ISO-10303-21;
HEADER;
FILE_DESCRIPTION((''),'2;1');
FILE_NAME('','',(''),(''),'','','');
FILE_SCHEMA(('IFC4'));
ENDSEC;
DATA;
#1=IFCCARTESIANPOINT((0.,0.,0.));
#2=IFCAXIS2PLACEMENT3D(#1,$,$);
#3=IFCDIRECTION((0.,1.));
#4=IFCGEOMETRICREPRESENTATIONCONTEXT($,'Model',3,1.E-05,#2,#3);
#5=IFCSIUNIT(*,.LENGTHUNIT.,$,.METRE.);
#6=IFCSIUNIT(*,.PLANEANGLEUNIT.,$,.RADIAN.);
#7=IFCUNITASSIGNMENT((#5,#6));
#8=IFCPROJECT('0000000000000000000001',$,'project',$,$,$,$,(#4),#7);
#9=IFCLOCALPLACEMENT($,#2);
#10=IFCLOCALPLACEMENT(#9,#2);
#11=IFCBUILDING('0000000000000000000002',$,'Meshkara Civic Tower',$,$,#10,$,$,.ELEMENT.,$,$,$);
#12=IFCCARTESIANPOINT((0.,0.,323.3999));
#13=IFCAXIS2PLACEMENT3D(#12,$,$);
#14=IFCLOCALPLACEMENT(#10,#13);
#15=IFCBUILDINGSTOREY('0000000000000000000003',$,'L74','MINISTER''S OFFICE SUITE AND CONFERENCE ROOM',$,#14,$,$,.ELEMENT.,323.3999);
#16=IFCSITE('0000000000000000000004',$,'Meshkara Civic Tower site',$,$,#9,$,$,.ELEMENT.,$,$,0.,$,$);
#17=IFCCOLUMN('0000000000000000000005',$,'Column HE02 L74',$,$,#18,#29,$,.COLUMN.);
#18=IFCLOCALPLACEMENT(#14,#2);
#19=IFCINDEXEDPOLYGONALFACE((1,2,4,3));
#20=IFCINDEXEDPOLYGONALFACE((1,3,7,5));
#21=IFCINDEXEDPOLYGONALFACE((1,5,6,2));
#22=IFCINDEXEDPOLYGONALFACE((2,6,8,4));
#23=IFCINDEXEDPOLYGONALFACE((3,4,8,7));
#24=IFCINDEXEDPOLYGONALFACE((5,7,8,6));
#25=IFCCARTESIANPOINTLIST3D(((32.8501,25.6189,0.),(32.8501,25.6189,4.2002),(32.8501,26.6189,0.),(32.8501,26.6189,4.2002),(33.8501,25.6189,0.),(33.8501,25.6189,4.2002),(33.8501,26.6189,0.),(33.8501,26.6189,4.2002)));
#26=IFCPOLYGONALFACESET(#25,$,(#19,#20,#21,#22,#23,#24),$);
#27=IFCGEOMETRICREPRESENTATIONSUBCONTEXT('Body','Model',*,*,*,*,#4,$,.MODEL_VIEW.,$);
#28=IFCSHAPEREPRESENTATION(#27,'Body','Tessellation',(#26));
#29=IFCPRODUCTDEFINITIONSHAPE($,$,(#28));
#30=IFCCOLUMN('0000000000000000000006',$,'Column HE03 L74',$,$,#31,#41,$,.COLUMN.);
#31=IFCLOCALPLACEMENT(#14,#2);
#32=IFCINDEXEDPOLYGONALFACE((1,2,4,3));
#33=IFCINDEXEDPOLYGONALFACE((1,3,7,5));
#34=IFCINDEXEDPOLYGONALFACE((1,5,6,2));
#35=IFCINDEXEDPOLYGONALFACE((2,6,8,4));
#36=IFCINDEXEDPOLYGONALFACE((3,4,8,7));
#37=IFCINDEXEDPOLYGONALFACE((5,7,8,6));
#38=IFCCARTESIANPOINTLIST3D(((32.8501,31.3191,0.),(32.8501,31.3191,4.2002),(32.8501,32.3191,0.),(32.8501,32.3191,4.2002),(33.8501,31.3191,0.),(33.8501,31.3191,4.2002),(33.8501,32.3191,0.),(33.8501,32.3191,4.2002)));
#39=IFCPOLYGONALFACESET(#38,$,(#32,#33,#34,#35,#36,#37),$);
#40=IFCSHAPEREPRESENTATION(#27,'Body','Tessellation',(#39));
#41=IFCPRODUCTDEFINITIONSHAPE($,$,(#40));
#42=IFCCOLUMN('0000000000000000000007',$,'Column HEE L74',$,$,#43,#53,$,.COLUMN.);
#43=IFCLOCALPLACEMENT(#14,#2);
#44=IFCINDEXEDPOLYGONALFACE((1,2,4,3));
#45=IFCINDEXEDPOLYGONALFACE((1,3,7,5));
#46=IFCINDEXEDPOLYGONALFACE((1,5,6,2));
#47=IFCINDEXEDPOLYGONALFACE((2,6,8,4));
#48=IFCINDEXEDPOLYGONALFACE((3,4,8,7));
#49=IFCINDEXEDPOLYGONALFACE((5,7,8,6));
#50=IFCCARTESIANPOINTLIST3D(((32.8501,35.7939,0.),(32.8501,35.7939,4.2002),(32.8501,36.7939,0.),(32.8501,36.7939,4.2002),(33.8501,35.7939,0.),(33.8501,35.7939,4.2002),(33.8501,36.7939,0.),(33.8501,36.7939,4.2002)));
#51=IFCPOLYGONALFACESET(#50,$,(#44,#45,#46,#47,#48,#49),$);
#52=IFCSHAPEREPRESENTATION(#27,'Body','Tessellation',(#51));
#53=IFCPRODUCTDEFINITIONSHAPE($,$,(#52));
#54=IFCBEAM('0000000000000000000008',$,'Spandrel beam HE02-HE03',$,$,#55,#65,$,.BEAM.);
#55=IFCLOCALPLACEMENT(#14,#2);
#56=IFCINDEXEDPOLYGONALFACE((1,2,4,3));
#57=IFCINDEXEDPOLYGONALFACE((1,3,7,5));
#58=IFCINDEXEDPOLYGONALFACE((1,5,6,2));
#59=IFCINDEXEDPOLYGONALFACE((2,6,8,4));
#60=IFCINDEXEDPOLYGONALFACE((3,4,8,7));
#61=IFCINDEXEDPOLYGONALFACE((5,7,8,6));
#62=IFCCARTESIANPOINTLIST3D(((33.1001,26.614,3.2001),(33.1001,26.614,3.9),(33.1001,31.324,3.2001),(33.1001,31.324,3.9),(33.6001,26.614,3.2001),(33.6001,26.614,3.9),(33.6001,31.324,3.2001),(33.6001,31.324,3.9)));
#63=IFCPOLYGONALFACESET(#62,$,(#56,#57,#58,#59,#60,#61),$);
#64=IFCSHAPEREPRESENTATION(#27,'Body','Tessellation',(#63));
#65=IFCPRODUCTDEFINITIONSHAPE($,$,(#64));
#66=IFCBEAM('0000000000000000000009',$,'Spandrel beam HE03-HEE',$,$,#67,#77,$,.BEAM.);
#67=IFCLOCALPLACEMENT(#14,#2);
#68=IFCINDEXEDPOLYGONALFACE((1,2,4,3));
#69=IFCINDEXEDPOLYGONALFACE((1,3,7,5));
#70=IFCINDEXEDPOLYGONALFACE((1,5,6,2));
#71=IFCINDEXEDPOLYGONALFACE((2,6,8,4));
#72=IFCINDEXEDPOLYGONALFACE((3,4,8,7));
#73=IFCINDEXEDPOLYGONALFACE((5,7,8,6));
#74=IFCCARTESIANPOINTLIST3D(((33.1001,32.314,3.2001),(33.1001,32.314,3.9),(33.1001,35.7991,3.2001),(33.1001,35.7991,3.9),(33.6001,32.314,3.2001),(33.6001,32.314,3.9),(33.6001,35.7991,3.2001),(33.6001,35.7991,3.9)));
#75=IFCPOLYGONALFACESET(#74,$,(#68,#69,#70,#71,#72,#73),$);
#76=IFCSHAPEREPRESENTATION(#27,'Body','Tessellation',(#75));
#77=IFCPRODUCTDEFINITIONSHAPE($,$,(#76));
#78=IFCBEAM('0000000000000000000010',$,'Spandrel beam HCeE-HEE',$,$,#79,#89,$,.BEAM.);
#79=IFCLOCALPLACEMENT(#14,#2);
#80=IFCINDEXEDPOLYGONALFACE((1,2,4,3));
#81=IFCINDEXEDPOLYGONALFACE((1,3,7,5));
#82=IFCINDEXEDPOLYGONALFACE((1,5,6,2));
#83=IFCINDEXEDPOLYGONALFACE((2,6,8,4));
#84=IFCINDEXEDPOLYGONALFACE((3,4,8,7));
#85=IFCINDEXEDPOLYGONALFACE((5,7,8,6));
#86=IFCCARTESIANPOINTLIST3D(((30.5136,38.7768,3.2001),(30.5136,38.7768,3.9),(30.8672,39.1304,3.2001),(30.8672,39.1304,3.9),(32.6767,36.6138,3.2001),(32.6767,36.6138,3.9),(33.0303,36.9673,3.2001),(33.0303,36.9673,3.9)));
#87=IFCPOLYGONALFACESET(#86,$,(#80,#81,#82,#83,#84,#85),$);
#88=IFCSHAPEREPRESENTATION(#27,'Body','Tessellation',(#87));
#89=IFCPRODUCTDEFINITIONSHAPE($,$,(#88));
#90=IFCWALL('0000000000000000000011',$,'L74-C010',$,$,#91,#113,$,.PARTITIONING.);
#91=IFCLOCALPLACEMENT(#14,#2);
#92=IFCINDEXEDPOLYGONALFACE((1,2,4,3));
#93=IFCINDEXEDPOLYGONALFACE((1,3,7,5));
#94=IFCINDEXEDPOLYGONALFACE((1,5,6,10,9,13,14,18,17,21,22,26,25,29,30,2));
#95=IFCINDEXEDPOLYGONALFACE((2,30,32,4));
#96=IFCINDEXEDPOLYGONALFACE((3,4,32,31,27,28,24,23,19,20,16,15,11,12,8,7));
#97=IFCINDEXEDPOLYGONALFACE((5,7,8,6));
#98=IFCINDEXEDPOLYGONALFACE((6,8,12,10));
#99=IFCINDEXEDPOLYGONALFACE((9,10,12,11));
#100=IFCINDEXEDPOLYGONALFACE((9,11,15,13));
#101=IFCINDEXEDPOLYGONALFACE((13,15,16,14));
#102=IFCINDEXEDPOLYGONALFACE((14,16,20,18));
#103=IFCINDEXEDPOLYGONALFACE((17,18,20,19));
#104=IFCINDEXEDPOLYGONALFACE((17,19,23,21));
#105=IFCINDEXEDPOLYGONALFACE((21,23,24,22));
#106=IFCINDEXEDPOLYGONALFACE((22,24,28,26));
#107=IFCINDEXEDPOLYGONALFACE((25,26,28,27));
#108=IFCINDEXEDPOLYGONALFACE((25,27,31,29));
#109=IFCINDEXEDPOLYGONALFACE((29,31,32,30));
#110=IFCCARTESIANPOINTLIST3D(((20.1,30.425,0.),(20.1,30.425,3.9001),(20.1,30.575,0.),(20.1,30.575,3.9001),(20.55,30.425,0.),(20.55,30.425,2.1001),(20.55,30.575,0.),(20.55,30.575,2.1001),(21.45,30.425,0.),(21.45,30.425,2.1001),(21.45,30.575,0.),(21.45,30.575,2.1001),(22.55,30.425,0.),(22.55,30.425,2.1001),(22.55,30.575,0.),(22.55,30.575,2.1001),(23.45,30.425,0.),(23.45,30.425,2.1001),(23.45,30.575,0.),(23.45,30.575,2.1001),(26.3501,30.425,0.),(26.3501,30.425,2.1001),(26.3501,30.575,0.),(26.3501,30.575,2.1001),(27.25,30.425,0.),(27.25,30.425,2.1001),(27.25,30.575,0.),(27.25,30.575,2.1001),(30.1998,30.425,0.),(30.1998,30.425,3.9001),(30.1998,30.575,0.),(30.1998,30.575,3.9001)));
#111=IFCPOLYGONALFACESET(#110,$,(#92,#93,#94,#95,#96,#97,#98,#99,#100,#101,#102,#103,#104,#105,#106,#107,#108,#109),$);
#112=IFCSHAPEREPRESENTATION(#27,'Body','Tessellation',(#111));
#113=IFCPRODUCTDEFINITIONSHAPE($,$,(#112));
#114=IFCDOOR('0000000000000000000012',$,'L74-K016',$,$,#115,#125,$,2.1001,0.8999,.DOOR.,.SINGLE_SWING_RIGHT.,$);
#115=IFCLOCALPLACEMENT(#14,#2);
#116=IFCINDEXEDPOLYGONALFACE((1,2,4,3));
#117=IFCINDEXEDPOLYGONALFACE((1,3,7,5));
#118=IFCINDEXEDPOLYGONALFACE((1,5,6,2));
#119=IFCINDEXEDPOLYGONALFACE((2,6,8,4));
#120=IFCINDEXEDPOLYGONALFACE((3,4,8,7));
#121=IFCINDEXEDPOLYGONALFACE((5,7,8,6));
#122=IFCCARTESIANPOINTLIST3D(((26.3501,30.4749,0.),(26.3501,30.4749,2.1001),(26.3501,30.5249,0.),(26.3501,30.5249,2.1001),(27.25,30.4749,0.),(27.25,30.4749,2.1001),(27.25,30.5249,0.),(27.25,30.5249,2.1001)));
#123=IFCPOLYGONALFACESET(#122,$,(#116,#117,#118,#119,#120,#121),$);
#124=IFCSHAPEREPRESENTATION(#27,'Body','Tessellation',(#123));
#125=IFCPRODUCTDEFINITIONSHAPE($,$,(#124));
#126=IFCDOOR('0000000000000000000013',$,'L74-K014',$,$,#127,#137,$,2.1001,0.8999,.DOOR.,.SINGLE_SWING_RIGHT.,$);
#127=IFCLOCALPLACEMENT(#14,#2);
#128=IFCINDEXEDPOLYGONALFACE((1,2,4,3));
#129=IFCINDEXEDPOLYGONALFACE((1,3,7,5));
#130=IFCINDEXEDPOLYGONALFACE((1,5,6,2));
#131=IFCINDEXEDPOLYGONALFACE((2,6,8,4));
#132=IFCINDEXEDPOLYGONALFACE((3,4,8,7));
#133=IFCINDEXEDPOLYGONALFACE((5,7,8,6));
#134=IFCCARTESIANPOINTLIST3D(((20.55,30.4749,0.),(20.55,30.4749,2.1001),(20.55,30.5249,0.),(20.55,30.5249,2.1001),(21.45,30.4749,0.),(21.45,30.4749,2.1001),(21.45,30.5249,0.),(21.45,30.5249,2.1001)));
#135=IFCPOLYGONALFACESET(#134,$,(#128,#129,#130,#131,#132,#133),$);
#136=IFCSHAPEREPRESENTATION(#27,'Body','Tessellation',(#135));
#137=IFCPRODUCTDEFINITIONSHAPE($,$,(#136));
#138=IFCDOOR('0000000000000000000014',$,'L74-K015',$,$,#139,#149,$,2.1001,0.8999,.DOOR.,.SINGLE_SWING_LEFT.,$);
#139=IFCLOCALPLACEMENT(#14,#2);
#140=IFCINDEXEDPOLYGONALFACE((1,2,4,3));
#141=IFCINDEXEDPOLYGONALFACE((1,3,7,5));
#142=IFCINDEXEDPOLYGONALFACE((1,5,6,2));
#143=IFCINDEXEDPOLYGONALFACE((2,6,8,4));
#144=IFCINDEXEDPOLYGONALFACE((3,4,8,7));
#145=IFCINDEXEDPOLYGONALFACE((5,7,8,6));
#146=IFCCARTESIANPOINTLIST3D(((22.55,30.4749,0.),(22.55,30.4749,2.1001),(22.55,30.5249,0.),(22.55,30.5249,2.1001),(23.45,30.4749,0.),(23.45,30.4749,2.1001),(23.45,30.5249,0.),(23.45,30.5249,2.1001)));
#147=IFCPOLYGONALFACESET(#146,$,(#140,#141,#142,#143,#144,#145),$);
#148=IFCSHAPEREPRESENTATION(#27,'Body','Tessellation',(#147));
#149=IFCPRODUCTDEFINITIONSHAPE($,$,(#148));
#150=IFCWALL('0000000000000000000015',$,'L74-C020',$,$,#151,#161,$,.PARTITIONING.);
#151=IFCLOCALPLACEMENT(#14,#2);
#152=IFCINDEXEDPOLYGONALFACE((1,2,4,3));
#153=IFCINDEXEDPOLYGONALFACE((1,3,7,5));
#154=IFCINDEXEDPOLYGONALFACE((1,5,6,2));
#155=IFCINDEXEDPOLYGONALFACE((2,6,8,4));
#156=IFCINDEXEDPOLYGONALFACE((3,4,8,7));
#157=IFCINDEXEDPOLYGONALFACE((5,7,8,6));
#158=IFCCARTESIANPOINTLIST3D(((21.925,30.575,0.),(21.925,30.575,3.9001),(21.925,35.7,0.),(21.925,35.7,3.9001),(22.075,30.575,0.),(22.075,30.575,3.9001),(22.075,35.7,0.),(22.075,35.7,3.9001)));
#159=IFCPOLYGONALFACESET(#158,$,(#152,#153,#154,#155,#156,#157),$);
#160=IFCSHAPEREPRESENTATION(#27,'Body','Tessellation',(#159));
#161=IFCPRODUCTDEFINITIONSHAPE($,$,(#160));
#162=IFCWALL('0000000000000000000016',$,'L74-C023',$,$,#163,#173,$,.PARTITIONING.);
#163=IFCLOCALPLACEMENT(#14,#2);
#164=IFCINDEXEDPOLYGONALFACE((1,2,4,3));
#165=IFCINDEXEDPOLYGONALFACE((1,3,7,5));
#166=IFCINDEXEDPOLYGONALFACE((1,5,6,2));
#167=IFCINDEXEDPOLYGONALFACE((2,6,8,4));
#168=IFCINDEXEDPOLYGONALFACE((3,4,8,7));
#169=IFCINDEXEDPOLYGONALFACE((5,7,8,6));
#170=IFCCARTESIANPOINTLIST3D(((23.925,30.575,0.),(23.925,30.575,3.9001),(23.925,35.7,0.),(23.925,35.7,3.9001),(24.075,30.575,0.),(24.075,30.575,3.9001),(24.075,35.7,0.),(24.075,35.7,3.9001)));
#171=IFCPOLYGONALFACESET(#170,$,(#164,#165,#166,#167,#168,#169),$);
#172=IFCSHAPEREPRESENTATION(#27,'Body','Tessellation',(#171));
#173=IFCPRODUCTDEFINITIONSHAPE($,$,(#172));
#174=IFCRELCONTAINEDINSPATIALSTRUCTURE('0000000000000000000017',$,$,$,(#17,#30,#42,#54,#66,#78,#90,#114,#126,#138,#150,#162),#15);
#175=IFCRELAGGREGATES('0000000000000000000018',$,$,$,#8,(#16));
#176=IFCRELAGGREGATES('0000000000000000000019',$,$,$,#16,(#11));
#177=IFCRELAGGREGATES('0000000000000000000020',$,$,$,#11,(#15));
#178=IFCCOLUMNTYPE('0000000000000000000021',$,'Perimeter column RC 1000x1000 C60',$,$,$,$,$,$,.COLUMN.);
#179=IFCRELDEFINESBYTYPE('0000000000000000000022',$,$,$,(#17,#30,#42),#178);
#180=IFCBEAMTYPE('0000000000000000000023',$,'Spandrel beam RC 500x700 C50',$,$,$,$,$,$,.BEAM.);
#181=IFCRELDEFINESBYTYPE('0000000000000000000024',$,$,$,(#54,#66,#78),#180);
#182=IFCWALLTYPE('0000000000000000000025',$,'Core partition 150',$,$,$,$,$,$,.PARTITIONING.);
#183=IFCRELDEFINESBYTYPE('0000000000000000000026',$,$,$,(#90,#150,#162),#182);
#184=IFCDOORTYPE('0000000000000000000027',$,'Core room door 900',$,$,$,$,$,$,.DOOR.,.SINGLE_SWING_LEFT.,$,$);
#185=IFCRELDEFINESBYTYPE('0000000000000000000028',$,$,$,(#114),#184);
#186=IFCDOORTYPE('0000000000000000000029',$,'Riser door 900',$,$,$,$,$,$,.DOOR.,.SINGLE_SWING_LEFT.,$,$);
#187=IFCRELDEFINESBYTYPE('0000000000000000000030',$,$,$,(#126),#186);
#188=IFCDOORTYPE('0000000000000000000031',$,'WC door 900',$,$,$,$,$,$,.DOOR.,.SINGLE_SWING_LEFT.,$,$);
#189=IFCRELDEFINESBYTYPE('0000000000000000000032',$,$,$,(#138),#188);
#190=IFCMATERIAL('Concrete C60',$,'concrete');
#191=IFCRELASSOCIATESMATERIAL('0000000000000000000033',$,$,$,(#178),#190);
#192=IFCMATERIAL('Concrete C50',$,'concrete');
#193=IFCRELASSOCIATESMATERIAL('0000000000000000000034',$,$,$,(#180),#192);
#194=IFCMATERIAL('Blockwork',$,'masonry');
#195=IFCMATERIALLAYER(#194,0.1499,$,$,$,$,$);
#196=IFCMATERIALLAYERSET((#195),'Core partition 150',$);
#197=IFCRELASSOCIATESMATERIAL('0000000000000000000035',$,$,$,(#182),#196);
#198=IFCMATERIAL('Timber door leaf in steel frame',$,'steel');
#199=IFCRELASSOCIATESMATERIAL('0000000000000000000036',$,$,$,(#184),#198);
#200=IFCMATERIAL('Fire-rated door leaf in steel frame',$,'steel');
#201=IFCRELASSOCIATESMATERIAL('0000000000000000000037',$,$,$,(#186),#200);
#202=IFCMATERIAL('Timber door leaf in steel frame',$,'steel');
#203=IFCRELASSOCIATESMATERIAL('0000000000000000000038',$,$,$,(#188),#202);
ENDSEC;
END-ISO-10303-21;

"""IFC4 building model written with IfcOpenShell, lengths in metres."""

from ifc_helpers import new_model, si_unit, direction, frame, frame_2d, origin, origin_2d, place, context, subcontext, project, spatial, rectangle, extrude, material, layer, layer_set, material_profile, profile_set, type_object, element, fill, save


model = new_model("IFC4")

# Units and contexts
model_context = context("Model", 3, precision=1e-05, world=origin(), true_north=direction((0.0, 1.0)))
body_context = subcontext(model_context, "Body", "Model", "MODEL_VIEW")
ifc_project = project(units=[si_unit("LENGTHUNIT", "METRE"), si_unit("PLANEANGLEUNIT", "RADIAN")], contexts=[model_context])

# Site, building, storey
site_placement = place(None, origin())
site = spatial("IfcSite", under=ifc_project, at=site_placement, Name="Meshkara Civic Tower site", CompositionType="ELEMENT", RefElevation=0.0)
building_placement = place(site_placement, origin())
building = spatial("IfcBuilding", under=site, at=building_placement, Name="Meshkara Civic Tower", CompositionType="ELEMENT")
storey_placement = place(building_placement, frame((0.0, 0.0, 323.3999)))
storey = spatial("IfcBuildingStorey", under=building, at=storey_placement, Name="L74", Description="MINISTER'S OFFICE SUITE AND CONFERENCE ROOM", CompositionType="ELEMENT", Elevation=323.3999)

# Columns
ifc_material_1 = material(Name="Concrete C60", Category="concrete")
ifc_material_profile_1 = material_profile(ifc_material_1, rectangle(XDim=1.0, YDim=1.0, at=origin_2d()))
ifc_profile_set_1 = profile_set([ifc_material_profile_1], Name="Concrete C60")
column_type = type_object("IfcColumnType", Name="Perimeter column RC 1000x1000 C60", PredefinedType="COLUMN", material=ifc_profile_set_1)
for number, where, z_axis, x_axis, name in (
    (1, (33.3501, 26.1189, 0.0), (0.0, 0.0, 1.0), (1.0, 0.0, 0.0), "Column HE02 L74"),
    (2, (33.3501, 31.8191, 0.0), (0.0, 0.0, 1.0), (1.0, 0.0, 0.0), "Column HE03 L74"),
    (3, (33.3501, 36.2939, 0.0), (0.0, 0.0, 1.0), (1.0, 0.0, 0.0), "Column HEE L74"),
):
    element("IfcColumn", number, at=place(storey_placement, frame(where, z_axis=z_axis, x_axis=x_axis)), inside=storey, type_object=column_type, Name=name, PredefinedType="COLUMN", context=body_context, shape_type="SweptSolid", body=[
        extrude(rectangle(XDim=1.0, YDim=1.0, at=origin_2d()), origin(), (0.0, 0.0, 1.0), 4.2002),
    ])

# Beams
ifc_material_2 = material(Name="Concrete C50", Category="concrete")
ifc_material_profile_2 = material_profile(ifc_material_2, rectangle(XDim=0.5, YDim=0.7, at=origin_2d()))
ifc_profile_set_2 = profile_set([ifc_material_profile_2], Name="Concrete C50")
beam_type = type_object("IfcBeamType", Name="Spandrel beam RC 500x700 C50", PredefinedType="BEAM", material=ifc_profile_set_2)
beam_1_placement = place(storey_placement, frame((33.3501, 26.614, 3.55), z_axis=(0.0, 1.0, 0.0), x_axis=(-1.0, 0.0, 0.0)))
element("IfcBeam", 4, at=beam_1_placement, inside=storey, type_object=beam_type, Name="Spandrel beam HE02-HE03", PredefinedType="BEAM", context=body_context, shape_type="SweptSolid", body=[
    extrude(rectangle(XDim=0.5, YDim=0.7, at=origin_2d()), origin(), (0.0, 0.0, 1.0), 4.71),
])
beam_2_placement = place(storey_placement, frame((33.3501, 32.314, 3.55), z_axis=(0.0, 1.0, 0.0), x_axis=(-1.0, 0.0, 0.0)))
element("IfcBeam", 5, at=beam_2_placement, inside=storey, type_object=beam_type, Name="Spandrel beam HE03-HEE", PredefinedType="BEAM", context=body_context, shape_type="SweptSolid", body=[
    extrude(rectangle(XDim=0.5, YDim=0.7, at=origin_2d()), origin(), (0.0, 0.0, 1.0), 3.4851),
])
beam_3_placement = place(storey_placement, frame((32.8535, 36.7905, 3.55), z_axis=(-0.707107, 0.707107, 0.0), x_axis=(-0.707107, -0.707107, 0.0)))
element("IfcBeam", 6, at=beam_3_placement, inside=storey, type_object=beam_type, Name="Spandrel beam HCeE-HEE", PredefinedType="BEAM", context=body_context, shape_type="SweptSolid", body=[
    extrude(rectangle(XDim=0.5, YDim=0.7, at=origin_2d()), origin(), (0.0, 0.0, 1.0), 3.0591),
])

# Wall, openings, doors
ifc_material_3 = material(Name="Blockwork", Category="masonry")
ifc_layer_1 = layer(ifc_material_3, 0.1499)
ifc_layer_set_1 = layer_set([ifc_layer_1], Name="Core partition 150")
wall_type_1 = type_object("IfcWallType", Name="Core partition 150", PredefinedType="PARTITIONING", material=ifc_layer_set_1)
wall_1_placement = place(storey_placement, frame((20.1001, 30.5, 0.0), z_axis=(0.0, 0.0, 1.0), x_axis=(1.0, 0.0, 0.0)))
wall_1 = element("IfcWall", 7, at=wall_1_placement, inside=storey, type_object=wall_type_1, Name="L74-C010", PredefinedType="PARTITIONING", context=body_context, shape_type="SweptSolid", body=[
    extrude(rectangle(XDim=10.0999, YDim=0.1499, at=frame_2d((5.0498, 0.0))), origin(), (0.0, 0.0, 1.0), 3.9001),
])
opening_1_placement = place(wall_1_placement, frame((0.45, 0.0, 0.0)))
opening_1 = element("IfcOpeningElement", 8, at=opening_1_placement, cuts=wall_1, PredefinedType="OPENING", context=body_context, shape_type="SweptSolid", body=[
    extrude(rectangle(XDim=0.8999, YDim=2.1001, at=frame_2d((0.45, 1.05))), frame((0.0, 0.085, 0.0), z_axis=(0.0, -1.0, 0.0), x_axis=(1.0, 0.0, 0.0)), (0.0, 0.0, 1.0), 0.1699),
])
opening_2_placement = place(wall_1_placement, frame((2.45, 0.0, 0.0)))
opening_2 = element("IfcOpeningElement", 9, at=opening_2_placement, cuts=wall_1, PredefinedType="OPENING", context=body_context, shape_type="SweptSolid", body=[
    extrude(rectangle(XDim=0.8999, YDim=2.1001, at=frame_2d((0.45, 1.05))), frame((0.0, 0.085, 0.0), z_axis=(0.0, -1.0, 0.0), x_axis=(1.0, 0.0, 0.0)), (0.0, 0.0, 1.0), 0.1699),
])
opening_3_placement = place(wall_1_placement, frame((6.25, 0.0, 0.0)))
opening_3 = element("IfcOpeningElement", 10, at=opening_3_placement, cuts=wall_1, PredefinedType="OPENING", context=body_context, shape_type="SweptSolid", body=[
    extrude(rectangle(XDim=0.8999, YDim=2.1001, at=frame_2d((0.45, 1.05))), frame((0.0, 0.085, 0.0), z_axis=(0.0, -1.0, 0.0), x_axis=(1.0, 0.0, 0.0)), (0.0, 0.0, 1.0), 0.1699),
])
ifc_material_4 = material(Name="Timber door leaf in steel frame", Category="steel")
door_type_1 = type_object("IfcDoorType", Name="Core room door 900", OperationType="SINGLE_SWING_LEFT", PredefinedType="DOOR", material=ifc_material_4)
door_1_placement = place(opening_3_placement, origin())
door_1 = element("IfcDoor", 11, at=door_1_placement, inside=storey, type_object=door_type_1, Name="L74-K016", OperationType="SINGLE_SWING_RIGHT", OverallHeight=2.1001, OverallWidth=0.8999, PredefinedType="DOOR", context=body_context, shape_type="SweptSolid", body=[
    extrude(rectangle(XDim=0.8999, YDim=2.1001, at=frame_2d((0.45, 1.05))), frame((0.0, 0.0249, 0.0), z_axis=(0.0, -1.0, 0.0), x_axis=(1.0, 0.0, 0.0)), (0.0, 0.0, 1.0), 0.05),
])
fill(opening_3, door_1)
ifc_material_5 = material(Name="Fire-rated door leaf in steel frame", Category="steel")
door_type_2 = type_object("IfcDoorType", Name="Riser door 900", OperationType="SINGLE_SWING_LEFT", PredefinedType="DOOR", material=ifc_material_5)
door_2_placement = place(opening_1_placement, origin())
door_2 = element("IfcDoor", 12, at=door_2_placement, inside=storey, type_object=door_type_2, Name="L74-K014", OperationType="SINGLE_SWING_RIGHT", OverallHeight=2.1001, OverallWidth=0.8999, PredefinedType="DOOR", context=body_context, shape_type="SweptSolid", body=[
    extrude(rectangle(XDim=0.8999, YDim=2.1001, at=frame_2d((0.45, 1.05))), frame((0.0, 0.0249, 0.0), z_axis=(0.0, -1.0, 0.0), x_axis=(1.0, 0.0, 0.0)), (0.0, 0.0, 1.0), 0.05),
])
fill(opening_1, door_2)
ifc_material_6 = material(Name="Timber door leaf in steel frame", Category="steel")
door_type_3 = type_object("IfcDoorType", Name="WC door 900", OperationType="SINGLE_SWING_LEFT", PredefinedType="DOOR", material=ifc_material_6)
door_3_placement = place(opening_2_placement, origin())
door_3 = element("IfcDoor", 13, at=door_3_placement, inside=storey, type_object=door_type_3, Name="L74-K015", OperationType="SINGLE_SWING_LEFT", OverallHeight=2.1001, OverallWidth=0.8999, PredefinedType="DOOR", context=body_context, shape_type="SweptSolid", body=[
    extrude(rectangle(XDim=0.8999, YDim=2.1001, at=frame_2d((0.45, 1.05))), frame((0.0, 0.0249, 0.0), z_axis=(0.0, -1.0, 0.0), x_axis=(1.0, 0.0, 0.0)), (0.0, 0.0, 1.0), 0.05),
])
fill(opening_2, door_3)

# Walls
for number, where, z_axis, x_axis, name in (
    (14, (22.0, 30.575, 0.0), (0.0, 0.0, 1.0), (0.0, 1.0, 0.0), "L74-C020"),
    (15, (24.0, 30.575, 0.0), (0.0, 0.0, 1.0), (0.0, 1.0, 0.0), "L74-C023"),
):
    element("IfcWall", number, at=place(storey_placement, frame(where, z_axis=z_axis, x_axis=x_axis)), inside=storey, type_object=wall_type_1, Name=name, PredefinedType="PARTITIONING", context=body_context, shape_type="SweptSolid", body=[
        extrude(rectangle(XDim=5.125, YDim=0.1499, at=frame_2d((2.5625, 0.0))), origin(), (0.0, 0.0, 1.0), 3.9001),
    ])

save(model, "model.ifc")
